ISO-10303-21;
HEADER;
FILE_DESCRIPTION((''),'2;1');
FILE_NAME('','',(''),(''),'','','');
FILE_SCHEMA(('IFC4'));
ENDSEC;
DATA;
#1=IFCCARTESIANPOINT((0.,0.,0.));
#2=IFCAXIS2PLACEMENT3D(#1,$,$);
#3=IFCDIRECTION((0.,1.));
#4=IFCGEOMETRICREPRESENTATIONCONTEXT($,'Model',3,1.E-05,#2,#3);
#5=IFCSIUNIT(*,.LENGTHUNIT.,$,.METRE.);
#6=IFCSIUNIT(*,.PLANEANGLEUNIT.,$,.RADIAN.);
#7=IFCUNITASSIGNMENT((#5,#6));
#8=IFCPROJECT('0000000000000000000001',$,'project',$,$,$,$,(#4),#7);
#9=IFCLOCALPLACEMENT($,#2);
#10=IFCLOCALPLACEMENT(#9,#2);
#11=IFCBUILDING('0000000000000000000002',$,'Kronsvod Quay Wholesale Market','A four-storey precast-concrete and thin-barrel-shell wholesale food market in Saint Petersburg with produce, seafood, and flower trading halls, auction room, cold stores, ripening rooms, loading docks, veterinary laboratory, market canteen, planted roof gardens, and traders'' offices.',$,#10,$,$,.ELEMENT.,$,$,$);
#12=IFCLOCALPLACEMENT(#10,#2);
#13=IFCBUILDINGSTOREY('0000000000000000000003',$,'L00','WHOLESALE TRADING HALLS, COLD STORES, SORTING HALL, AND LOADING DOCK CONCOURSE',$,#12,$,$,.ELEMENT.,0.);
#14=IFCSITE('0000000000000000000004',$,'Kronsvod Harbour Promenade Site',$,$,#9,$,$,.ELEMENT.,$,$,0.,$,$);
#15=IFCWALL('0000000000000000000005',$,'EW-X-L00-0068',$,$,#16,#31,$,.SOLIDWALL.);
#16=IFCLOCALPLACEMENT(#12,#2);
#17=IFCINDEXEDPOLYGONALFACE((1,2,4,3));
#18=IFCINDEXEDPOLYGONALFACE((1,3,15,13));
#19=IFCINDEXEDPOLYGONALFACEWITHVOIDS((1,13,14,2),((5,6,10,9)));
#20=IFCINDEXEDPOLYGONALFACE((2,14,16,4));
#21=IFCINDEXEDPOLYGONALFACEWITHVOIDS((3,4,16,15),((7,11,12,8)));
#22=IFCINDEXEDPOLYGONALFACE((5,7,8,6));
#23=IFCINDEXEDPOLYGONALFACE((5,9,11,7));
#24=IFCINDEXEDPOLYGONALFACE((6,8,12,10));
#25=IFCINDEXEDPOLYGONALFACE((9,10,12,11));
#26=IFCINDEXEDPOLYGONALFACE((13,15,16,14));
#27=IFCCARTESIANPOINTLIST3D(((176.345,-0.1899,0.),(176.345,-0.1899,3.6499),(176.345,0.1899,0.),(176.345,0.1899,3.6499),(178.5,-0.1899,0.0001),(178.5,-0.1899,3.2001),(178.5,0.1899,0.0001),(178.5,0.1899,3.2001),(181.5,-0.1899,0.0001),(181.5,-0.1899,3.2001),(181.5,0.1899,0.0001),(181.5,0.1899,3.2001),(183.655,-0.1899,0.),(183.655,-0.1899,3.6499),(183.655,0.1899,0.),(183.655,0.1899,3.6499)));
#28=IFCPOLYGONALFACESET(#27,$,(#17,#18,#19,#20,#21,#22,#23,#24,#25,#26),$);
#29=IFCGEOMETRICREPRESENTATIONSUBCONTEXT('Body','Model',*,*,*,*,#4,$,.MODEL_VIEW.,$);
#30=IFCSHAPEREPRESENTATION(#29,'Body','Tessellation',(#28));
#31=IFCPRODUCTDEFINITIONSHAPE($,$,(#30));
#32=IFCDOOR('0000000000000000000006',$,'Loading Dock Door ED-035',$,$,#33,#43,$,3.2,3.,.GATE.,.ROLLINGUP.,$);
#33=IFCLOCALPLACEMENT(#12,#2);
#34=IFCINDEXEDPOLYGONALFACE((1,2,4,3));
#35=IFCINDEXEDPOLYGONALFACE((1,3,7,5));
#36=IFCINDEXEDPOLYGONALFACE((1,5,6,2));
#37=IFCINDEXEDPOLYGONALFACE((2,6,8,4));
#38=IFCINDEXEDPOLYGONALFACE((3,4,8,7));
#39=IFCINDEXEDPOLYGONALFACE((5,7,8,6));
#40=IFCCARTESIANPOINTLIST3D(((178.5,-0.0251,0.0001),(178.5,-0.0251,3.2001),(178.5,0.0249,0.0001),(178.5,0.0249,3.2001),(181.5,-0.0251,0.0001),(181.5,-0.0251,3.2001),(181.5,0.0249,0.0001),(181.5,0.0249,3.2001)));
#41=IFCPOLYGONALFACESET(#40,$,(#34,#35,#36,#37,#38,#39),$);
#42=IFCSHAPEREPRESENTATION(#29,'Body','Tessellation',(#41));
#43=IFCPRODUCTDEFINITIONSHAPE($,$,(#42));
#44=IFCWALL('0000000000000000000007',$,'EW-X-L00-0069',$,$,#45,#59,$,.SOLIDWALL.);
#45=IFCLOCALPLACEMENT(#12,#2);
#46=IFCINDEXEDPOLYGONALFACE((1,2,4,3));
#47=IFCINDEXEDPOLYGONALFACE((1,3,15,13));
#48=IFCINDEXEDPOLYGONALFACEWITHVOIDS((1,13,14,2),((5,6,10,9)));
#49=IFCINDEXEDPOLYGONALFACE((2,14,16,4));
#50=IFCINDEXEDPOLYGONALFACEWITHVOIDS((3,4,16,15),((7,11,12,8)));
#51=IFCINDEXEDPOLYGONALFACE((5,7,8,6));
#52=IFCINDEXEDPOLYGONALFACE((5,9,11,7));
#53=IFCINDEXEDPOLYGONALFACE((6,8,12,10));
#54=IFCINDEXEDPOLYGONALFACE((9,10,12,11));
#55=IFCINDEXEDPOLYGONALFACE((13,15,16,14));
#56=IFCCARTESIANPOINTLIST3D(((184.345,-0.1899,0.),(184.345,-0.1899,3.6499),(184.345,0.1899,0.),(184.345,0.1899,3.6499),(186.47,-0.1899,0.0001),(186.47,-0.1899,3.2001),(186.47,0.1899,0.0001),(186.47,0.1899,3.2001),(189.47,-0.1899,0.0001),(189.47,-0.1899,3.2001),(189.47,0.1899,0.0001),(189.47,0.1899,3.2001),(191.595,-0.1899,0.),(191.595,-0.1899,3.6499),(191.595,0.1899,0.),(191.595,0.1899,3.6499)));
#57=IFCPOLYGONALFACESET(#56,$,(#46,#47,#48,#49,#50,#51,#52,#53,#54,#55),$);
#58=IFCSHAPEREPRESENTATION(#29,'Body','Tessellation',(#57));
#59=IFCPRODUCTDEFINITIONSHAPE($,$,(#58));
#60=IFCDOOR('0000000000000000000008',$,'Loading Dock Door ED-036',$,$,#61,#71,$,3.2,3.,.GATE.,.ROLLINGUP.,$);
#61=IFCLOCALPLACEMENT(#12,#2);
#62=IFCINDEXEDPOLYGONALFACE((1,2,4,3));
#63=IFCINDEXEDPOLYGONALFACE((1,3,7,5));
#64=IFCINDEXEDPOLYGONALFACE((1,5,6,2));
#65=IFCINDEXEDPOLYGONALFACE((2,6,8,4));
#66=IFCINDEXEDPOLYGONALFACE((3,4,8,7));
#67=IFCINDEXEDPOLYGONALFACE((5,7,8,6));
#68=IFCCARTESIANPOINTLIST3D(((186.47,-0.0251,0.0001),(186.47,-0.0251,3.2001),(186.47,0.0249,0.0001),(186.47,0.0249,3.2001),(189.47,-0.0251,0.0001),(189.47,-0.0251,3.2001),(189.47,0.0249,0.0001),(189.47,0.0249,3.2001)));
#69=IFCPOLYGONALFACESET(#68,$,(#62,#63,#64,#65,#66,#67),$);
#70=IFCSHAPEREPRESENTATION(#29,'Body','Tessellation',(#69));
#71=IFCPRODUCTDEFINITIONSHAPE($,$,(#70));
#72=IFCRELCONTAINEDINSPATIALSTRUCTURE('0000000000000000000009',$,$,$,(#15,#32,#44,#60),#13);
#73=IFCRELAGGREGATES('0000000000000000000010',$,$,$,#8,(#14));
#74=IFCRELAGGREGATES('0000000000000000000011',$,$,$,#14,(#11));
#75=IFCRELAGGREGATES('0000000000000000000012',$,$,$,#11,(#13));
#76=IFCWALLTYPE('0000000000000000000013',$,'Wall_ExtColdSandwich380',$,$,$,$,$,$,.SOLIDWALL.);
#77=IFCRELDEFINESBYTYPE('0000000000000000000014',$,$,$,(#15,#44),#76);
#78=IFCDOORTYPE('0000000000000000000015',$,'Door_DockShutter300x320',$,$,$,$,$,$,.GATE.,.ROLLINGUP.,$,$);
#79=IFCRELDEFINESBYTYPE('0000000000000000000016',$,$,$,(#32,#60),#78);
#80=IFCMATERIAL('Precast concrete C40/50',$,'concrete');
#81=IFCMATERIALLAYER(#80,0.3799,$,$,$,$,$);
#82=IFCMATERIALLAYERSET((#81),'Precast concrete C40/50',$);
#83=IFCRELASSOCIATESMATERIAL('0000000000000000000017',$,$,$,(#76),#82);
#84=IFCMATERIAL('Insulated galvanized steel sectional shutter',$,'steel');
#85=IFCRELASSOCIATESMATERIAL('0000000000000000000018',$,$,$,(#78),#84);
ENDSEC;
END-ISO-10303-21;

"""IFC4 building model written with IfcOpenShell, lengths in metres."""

from ifc_helpers import new_model, si_unit, direction, frame, frame_2d, origin, place, context, subcontext, project, spatial, rectangle, extrude, material, layer, layer_set, type_object, element, fill, save


model = new_model("IFC4")

# Units and contexts
model_context = context("Model", 3, precision=1e-05, world=origin(), true_north=direction((0.0, 1.0)))
body_context = subcontext(model_context, "Body", "Model", "MODEL_VIEW")
ifc_project = project(units=[si_unit("LENGTHUNIT", "METRE"), si_unit("PLANEANGLEUNIT", "RADIAN")], contexts=[model_context])

# Site, building, storey
site_placement = place(None, origin())
site = spatial("IfcSite", under=ifc_project, at=site_placement, Name="Kronsvod Harbour Promenade Site", CompositionType="ELEMENT", RefElevation=0.0)
building_placement = place(site_placement, origin())
building = spatial("IfcBuilding", under=site, at=building_placement, Name="Kronsvod Quay Wholesale Market", Description="A four-storey precast-concrete and thin-barrel-shell wholesale food market in Saint Petersburg with produce, seafood, and flower trading halls, auction room, cold stores, ripening rooms, loading docks, veterinary laboratory, market canteen, planted roof gardens, and traders' offices.", CompositionType="ELEMENT")
storey_placement = place(building_placement, origin())
storey = spatial("IfcBuildingStorey", under=building, at=storey_placement, Name="L00", Description="WHOLESALE TRADING HALLS, COLD STORES, SORTING HALL, AND LOADING DOCK CONCOURSE", CompositionType="ELEMENT", Elevation=0.0)

# Walls, openings, doors
ifc_material_1 = material(Name="Precast concrete C40/50", Category="concrete")
ifc_layer = layer(ifc_material_1, 0.3799)
ifc_layer_set = layer_set([ifc_layer], Name="Precast concrete C40/50")
wall_type = type_object("IfcWallType", Name="Wall_ExtColdSandwich380", PredefinedType="SOLIDWALL", material=ifc_layer_set)
wall_1_placement = place(storey_placement, frame((176.345, 0.0, 0.0), z_axis=(0.0, 0.0, 1.0), x_axis=(1.0, 0.0, 0.0)))
wall_1 = element("IfcWall", 1, at=wall_1_placement, inside=storey, type_object=wall_type, Name="EW-X-L00-0068", PredefinedType="SOLIDWALL", context=body_context, shape_type="SweptSolid", body=[
    extrude(rectangle(XDim=7.3101, YDim=0.3799, at=frame_2d((3.655, 0.0))), origin(), (0.0, 0.0, 1.0), 3.6499),
])
opening_1_placement = place(wall_1_placement, frame((2.155, 0.0, 0.0)))
opening_1 = element("IfcOpeningElement", 2, at=opening_1_placement, cuts=wall_1, PredefinedType="OPENING", context=body_context, shape_type="SweptSolid", body=[
    extrude(rectangle(XDim=3.0, YDim=3.2, at=frame_2d((1.5, 1.6001))), frame((0.0, 0.2, 0.0), z_axis=(0.0, -1.0, 0.0), x_axis=(1.0, 0.0, 0.0)), (0.0, 0.0, 1.0), 0.3999),
])
ifc_material_2 = material(Name="Insulated galvanized steel sectional shutter", Category="steel")
door_type = type_object("IfcDoorType", Name="Door_DockShutter300x320", OperationType="ROLLINGUP", PredefinedType="GATE", material=ifc_material_2)
door_1_placement = place(opening_1_placement, origin())
door_1 = element("IfcDoor", 3, at=door_1_placement, inside=storey, type_object=door_type, Name="Loading Dock Door ED-035", OperationType="ROLLINGUP", OverallHeight=3.2, OverallWidth=3.0, PredefinedType="GATE", context=body_context, shape_type="SweptSolid", body=[
    extrude(rectangle(XDim=3.0, YDim=3.2, at=frame_2d((1.5, 1.6001))), frame((0.0, 0.0249, 0.0), z_axis=(0.0, -1.0, 0.0), x_axis=(1.0, 0.0, 0.0)), (0.0, 0.0, 1.0), 0.05),
])
fill(opening_1, door_1)
wall_2_placement = place(storey_placement, frame((184.345, 0.0, 0.0), z_axis=(0.0, 0.0, 1.0), x_axis=(1.0, 0.0, 0.0)))
wall_2 = element("IfcWall", 4, at=wall_2_placement, inside=storey, type_object=wall_type, Name="EW-X-L00-0069", PredefinedType="SOLIDWALL", context=body_context, shape_type="SweptSolid", body=[
    extrude(rectangle(XDim=7.25, YDim=0.3799, at=frame_2d((3.625, 0.0))), origin(), (0.0, 0.0, 1.0), 3.6499),
])
opening_2_placement = place(wall_2_placement, frame((2.125, 0.0, 0.0)))
opening_2 = element("IfcOpeningElement", 5, at=opening_2_placement, cuts=wall_2, PredefinedType="OPENING", context=body_context, shape_type="SweptSolid", body=[
    extrude(rectangle(XDim=3.0, YDim=3.2, at=frame_2d((1.5, 1.6001))), frame((0.0, 0.2, 0.0), z_axis=(0.0, -1.0, 0.0), x_axis=(1.0, 0.0, 0.0)), (0.0, 0.0, 1.0), 0.3999),
])
door_2_placement = place(opening_2_placement, origin())
door_2 = element("IfcDoor", 6, at=door_2_placement, inside=storey, type_object=door_type, Name="Loading Dock Door ED-036", OperationType="ROLLINGUP", OverallHeight=3.2, OverallWidth=3.0, PredefinedType="GATE", context=body_context, shape_type="SweptSolid", body=[
    extrude(rectangle(XDim=3.0, YDim=3.2, at=frame_2d((1.5, 1.6001))), frame((0.0, 0.0249, 0.0), z_axis=(0.0, -1.0, 0.0), x_axis=(1.0, 0.0, 0.0)), (0.0, 0.0, 1.0), 0.05),
])
fill(opening_2, door_2)

save(model, "model.ifc")
